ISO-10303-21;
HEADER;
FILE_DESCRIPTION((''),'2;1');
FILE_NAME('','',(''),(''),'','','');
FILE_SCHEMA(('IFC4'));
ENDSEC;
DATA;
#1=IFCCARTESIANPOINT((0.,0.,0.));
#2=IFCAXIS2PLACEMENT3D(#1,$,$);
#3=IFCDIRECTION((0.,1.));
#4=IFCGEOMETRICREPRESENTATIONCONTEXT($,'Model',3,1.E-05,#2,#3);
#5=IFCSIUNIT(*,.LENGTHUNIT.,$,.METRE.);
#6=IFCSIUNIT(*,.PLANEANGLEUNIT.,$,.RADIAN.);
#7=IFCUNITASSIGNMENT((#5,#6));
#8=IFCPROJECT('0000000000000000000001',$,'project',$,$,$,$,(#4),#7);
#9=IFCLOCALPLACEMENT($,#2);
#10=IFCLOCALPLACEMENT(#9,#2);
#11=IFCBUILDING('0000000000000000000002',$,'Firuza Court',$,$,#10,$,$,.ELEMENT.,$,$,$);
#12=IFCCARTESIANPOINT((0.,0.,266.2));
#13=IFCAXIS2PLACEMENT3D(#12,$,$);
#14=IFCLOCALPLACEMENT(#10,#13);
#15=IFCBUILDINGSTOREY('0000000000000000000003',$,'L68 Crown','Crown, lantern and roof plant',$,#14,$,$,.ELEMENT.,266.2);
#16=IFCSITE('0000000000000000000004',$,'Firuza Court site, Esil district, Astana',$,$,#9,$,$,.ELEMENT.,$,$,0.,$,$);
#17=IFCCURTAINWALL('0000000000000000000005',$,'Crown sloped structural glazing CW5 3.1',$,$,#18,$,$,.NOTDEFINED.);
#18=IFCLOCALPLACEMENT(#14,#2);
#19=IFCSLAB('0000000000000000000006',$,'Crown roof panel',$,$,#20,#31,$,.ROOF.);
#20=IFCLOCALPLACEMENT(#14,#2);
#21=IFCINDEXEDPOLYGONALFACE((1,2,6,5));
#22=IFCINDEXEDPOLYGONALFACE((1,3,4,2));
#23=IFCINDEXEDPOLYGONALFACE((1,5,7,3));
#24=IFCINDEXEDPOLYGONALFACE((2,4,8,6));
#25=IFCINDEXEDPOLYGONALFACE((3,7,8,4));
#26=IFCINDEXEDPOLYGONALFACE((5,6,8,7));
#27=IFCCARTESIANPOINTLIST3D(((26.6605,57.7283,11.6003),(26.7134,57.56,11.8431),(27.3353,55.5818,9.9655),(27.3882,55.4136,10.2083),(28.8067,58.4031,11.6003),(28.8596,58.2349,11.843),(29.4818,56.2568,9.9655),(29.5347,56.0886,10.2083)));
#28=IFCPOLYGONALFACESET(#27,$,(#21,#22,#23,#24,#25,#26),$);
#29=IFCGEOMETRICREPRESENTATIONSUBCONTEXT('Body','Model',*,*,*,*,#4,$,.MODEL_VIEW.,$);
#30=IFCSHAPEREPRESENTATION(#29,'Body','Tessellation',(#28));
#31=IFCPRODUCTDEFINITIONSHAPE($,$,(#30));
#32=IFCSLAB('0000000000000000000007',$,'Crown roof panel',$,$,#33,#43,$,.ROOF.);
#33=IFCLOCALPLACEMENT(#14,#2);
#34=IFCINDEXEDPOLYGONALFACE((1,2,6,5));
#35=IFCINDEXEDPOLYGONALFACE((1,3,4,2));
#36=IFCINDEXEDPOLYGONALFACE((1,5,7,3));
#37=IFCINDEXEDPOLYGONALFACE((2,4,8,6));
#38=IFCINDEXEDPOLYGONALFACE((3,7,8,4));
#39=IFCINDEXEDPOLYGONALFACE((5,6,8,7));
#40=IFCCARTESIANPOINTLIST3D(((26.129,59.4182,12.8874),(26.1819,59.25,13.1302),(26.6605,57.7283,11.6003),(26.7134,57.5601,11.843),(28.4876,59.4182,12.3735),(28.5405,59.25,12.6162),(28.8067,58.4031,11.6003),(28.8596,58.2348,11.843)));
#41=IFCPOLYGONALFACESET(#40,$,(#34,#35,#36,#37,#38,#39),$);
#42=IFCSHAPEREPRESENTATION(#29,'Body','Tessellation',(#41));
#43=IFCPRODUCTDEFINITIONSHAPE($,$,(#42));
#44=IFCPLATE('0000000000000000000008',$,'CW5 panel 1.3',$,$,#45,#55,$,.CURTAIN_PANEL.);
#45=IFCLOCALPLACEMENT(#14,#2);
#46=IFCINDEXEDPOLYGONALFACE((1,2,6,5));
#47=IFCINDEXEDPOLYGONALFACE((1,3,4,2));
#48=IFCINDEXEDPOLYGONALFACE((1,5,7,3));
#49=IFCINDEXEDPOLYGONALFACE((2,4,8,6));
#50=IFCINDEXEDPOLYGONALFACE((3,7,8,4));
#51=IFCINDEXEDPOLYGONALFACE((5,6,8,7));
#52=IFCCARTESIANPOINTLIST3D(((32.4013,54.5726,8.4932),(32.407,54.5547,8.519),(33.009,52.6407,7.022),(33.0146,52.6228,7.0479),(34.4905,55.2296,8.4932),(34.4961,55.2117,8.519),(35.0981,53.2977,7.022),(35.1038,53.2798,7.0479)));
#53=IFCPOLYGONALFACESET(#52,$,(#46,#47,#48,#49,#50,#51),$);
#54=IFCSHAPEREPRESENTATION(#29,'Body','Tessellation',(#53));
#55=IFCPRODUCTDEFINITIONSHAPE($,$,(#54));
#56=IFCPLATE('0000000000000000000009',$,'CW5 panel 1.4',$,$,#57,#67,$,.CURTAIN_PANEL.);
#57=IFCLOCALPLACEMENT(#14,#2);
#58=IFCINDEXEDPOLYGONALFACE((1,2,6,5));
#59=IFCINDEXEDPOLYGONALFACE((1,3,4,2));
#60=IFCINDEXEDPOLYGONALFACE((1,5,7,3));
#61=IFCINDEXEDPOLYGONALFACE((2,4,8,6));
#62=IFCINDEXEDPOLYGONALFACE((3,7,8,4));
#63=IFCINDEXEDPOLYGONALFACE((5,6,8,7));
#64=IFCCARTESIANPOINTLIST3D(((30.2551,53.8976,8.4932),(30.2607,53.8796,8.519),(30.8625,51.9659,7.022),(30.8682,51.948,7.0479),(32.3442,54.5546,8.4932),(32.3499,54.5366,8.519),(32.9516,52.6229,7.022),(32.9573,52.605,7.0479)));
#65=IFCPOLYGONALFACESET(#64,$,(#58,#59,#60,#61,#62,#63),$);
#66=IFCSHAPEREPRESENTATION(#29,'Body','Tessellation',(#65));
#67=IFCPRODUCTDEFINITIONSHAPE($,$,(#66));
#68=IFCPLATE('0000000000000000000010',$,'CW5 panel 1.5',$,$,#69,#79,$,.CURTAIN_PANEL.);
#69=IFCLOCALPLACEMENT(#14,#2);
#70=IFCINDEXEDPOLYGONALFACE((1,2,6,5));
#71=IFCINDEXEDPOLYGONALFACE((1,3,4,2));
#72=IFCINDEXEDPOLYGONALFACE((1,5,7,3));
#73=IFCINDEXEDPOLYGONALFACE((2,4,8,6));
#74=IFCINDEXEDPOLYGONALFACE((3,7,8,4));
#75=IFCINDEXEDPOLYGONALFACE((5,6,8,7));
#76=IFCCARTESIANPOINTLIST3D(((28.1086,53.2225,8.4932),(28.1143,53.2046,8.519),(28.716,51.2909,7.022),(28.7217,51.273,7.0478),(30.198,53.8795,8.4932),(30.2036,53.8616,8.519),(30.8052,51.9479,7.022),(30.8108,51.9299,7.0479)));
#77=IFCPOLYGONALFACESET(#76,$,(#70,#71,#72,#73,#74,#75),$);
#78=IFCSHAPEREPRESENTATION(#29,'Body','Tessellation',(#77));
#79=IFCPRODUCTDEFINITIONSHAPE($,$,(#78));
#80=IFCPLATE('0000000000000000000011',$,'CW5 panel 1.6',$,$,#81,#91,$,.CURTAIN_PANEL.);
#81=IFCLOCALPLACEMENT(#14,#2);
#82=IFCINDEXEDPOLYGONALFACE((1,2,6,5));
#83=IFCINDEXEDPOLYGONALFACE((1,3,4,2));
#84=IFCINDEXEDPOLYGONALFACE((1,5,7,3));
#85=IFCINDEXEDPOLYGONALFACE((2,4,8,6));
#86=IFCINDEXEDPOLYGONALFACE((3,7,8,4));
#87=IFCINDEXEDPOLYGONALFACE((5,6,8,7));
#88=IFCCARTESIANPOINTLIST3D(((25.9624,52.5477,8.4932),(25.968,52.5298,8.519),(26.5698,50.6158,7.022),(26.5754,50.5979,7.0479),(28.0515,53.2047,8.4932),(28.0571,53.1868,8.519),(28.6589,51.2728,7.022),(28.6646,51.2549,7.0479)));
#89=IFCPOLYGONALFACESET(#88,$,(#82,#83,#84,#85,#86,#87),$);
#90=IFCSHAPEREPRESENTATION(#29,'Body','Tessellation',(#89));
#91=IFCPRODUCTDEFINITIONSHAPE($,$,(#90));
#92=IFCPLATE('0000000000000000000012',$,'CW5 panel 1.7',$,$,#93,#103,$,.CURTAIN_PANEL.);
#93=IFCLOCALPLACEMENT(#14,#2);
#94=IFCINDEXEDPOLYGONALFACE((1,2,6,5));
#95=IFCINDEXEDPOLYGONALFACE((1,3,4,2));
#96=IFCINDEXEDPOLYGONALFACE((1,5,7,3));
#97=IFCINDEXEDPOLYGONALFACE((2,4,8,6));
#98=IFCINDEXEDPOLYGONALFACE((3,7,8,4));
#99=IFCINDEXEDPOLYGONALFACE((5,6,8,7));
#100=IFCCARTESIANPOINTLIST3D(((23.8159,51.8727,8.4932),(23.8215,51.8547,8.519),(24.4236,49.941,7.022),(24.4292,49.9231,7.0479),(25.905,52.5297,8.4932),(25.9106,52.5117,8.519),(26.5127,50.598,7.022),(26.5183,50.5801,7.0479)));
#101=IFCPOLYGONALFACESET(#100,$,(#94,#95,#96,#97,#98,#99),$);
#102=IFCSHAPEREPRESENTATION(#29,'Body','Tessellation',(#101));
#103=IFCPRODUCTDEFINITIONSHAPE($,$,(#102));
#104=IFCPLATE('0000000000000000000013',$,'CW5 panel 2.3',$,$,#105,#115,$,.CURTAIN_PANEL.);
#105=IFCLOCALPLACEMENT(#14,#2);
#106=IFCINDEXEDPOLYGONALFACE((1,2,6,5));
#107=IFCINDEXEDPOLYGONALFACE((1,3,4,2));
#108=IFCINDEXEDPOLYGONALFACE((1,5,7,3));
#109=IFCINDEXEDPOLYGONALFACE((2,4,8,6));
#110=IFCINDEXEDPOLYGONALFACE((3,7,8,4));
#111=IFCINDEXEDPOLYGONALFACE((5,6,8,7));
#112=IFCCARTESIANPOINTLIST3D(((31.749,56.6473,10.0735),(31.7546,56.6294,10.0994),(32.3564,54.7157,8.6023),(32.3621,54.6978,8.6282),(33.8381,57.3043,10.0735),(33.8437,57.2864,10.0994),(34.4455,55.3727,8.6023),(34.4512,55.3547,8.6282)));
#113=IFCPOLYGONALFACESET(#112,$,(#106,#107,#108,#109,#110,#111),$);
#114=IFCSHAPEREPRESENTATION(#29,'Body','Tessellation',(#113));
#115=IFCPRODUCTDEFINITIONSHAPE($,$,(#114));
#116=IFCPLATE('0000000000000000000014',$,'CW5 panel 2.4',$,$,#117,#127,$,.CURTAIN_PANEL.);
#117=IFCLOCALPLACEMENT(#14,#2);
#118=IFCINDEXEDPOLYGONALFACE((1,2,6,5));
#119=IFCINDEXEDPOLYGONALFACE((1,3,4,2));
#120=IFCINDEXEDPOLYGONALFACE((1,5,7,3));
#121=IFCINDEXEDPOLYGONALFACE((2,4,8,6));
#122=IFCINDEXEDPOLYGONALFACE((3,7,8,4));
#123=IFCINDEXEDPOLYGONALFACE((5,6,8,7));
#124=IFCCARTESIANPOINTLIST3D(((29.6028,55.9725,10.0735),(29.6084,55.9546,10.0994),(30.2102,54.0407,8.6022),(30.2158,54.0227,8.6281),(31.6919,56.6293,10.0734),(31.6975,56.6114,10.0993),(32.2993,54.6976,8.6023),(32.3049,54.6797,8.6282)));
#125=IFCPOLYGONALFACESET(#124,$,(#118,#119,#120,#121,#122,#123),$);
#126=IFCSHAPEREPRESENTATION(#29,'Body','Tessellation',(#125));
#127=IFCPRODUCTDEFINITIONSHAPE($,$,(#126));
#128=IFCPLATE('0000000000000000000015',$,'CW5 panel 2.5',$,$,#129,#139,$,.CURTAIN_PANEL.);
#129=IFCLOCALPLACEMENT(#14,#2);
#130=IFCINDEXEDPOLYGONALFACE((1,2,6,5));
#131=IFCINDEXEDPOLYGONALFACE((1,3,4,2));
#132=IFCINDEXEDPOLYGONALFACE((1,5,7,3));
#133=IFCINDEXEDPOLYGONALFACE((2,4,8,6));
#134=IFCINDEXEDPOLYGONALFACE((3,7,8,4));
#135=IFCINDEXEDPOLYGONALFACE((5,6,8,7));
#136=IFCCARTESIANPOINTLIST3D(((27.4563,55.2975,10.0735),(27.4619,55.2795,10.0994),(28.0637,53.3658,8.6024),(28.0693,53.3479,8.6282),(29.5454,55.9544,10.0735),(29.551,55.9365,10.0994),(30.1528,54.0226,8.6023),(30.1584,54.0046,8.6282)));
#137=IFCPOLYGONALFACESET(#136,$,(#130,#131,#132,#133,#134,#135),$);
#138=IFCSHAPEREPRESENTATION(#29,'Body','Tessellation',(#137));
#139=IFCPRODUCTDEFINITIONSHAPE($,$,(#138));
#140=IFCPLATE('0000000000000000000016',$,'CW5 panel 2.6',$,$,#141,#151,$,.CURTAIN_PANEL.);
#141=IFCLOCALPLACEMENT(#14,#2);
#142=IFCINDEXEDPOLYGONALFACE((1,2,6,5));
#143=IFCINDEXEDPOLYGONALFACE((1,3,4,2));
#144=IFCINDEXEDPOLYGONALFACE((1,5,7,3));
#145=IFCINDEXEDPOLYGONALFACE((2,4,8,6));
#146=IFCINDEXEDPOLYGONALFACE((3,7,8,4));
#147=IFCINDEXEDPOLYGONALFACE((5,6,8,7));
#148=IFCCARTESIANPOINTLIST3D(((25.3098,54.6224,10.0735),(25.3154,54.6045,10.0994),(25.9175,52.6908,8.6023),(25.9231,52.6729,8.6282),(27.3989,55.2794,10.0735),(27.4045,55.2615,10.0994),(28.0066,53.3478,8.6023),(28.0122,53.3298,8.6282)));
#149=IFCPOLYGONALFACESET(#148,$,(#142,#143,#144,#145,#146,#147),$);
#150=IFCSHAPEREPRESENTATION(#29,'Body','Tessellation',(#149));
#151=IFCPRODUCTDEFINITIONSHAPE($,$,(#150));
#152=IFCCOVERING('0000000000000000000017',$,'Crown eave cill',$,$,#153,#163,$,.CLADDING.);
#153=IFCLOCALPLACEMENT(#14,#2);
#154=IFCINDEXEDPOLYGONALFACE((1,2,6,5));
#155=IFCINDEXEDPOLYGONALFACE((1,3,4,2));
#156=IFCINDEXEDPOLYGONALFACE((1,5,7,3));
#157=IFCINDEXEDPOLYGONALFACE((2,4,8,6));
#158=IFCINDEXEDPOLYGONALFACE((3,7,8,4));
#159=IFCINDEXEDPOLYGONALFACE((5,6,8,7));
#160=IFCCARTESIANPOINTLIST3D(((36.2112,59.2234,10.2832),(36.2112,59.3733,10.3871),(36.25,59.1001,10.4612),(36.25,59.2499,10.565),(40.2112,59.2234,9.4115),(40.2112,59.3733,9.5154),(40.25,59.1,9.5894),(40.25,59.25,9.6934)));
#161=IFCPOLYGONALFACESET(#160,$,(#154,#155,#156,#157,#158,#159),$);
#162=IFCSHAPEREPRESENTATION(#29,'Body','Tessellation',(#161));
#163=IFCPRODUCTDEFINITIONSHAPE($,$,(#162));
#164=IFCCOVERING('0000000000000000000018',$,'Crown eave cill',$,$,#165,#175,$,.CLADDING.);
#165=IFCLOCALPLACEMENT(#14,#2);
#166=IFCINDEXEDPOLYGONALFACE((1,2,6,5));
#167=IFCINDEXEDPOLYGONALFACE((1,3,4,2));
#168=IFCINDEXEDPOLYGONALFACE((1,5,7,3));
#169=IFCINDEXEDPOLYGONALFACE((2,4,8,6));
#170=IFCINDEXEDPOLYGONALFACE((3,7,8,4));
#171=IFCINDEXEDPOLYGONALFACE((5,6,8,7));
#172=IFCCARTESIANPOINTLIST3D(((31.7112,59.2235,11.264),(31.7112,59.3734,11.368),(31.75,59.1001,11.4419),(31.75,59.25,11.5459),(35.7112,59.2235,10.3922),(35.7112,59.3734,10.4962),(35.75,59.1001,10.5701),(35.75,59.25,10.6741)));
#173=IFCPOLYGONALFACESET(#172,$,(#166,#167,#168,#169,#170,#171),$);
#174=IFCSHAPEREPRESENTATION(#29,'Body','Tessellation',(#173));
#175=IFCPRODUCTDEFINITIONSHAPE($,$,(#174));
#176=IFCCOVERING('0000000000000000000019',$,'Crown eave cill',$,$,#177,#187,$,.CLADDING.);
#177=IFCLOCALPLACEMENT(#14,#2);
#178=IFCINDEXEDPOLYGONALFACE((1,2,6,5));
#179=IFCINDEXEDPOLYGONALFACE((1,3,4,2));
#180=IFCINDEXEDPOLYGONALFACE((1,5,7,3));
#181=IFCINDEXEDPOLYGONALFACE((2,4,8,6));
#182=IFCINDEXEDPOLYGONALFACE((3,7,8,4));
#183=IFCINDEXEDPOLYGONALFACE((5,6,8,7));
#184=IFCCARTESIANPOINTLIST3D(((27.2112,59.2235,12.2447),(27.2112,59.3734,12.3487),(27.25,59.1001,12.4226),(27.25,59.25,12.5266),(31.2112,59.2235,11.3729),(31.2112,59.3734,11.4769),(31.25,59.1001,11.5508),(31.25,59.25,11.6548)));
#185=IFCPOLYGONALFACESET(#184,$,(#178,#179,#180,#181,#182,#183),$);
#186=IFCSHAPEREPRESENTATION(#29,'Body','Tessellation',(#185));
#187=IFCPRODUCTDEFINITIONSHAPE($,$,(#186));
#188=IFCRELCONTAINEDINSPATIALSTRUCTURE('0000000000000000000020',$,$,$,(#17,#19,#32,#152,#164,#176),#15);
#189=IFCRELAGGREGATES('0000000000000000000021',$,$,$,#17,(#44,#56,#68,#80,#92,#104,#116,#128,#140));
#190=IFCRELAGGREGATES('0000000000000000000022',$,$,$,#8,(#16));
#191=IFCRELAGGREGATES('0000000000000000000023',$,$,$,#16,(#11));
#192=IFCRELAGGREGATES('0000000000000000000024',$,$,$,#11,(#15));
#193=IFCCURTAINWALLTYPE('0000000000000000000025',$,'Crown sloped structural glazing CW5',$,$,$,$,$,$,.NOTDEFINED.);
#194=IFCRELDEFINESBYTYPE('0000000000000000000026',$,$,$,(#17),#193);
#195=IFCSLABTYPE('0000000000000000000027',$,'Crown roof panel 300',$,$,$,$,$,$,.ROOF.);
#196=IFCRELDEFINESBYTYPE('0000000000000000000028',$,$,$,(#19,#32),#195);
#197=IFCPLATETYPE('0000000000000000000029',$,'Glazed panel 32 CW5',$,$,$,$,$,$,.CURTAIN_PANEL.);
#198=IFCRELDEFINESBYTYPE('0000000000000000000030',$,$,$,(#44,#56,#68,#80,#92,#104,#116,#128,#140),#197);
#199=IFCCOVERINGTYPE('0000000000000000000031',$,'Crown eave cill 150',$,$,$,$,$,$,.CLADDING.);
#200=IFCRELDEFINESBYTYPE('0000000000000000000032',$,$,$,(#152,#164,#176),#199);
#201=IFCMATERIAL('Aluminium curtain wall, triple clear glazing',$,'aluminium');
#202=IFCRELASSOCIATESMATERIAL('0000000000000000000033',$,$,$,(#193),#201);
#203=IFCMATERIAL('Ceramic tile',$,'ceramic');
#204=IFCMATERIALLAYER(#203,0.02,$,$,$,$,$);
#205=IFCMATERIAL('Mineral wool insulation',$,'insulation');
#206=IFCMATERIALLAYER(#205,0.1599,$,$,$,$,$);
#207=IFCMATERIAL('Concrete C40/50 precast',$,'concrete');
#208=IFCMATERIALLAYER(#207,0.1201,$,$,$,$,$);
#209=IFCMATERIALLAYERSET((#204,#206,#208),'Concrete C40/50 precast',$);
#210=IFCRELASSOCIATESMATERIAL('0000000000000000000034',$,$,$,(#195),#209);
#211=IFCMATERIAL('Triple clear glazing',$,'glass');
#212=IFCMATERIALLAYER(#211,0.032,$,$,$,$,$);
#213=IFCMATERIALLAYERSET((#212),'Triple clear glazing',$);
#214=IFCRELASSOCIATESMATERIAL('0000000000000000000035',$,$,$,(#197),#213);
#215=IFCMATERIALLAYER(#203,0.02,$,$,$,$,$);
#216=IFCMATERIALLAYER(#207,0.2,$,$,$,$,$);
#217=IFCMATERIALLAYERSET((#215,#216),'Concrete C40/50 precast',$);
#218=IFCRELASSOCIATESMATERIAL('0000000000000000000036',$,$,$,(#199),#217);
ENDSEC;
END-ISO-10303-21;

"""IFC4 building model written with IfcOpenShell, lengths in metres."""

from ifc_helpers import new_model, si_unit, direction, frame, origin, place, context, subcontext, project, spatial, polyline, outline, extrude, material, layer, layer_set, type_object, element, aggregate, save


model = new_model("IFC4")

# Units and contexts
model_context = context("Model", 3, precision=1e-05, world=origin(), true_north=direction((0.0, 1.0)))
body_context = subcontext(model_context, "Body", "Model", "MODEL_VIEW")
ifc_project = project(units=[si_unit("LENGTHUNIT", "METRE"), si_unit("PLANEANGLEUNIT", "RADIAN")], contexts=[model_context])

# Site, building, storey
site_placement = place(None, origin())
site = spatial("IfcSite", under=ifc_project, at=site_placement, Name="Firuza Court site, Esil district, Astana", CompositionType="ELEMENT", RefElevation=0.0)
building_placement = place(site_placement, origin())
building = spatial("IfcBuilding", under=site, at=building_placement, Name="Firuza Court", CompositionType="ELEMENT")
storey_placement = place(building_placement, frame((0.0, 0.0, 266.2)))
storey = spatial("IfcBuildingStorey", under=building, at=storey_placement, Name="L68 Crown", Description="Crown, lantern and roof plant", CompositionType="ELEMENT", Elevation=266.2)

# Curtain wall
ifc_material_1 = material(Name="Aluminium curtain wall, triple clear glazing", Category="aluminium")
curtain_wall_type = type_object("IfcCurtainWallType", Name="Crown sloped structural glazing CW5", PredefinedType="NOTDEFINED", material=ifc_material_1)
curtain_wall_placement = place(storey_placement, origin())
curtain_wall = element("IfcCurtainWall", 1, at=curtain_wall_placement, inside=storey, type_object=curtain_wall_type, Name="Crown sloped structural glazing CW5 3.1", PredefinedType="NOTDEFINED")

# Slabs
ifc_material_2 = material(Name="Ceramic tile", Category="ceramic")
ifc_layer_1 = layer(ifc_material_2, 0.02)
ifc_material_3 = material(Name="Mineral wool insulation", Category="insulation")
ifc_layer_2 = layer(ifc_material_3, 0.1599)
ifc_material_4 = material(Name="Concrete C40/50 precast", Category="concrete")
ifc_layer_3 = layer(ifc_material_4, 0.1201)
ifc_layer_set_1 = layer_set([ifc_layer_1, ifc_layer_2, ifc_layer_3], Name="Concrete C40/50 precast")
slab_type = type_object("IfcSlabType", Name="Crown roof panel 300", PredefinedType="ROOF", material=ifc_layer_set_1)
slab_1_placement = place(storey_placement, frame((27.3882, 55.4136, 10.2083), z_axis=(0.176323, -0.560731, 0.809006), x_axis=(-0.242626, 0.771767, 0.5878)))
element("IfcSlab", 2, at=slab_1_placement, inside=storey, type_object=slab_type, Name="Crown roof panel", PredefinedType="ROOF", context=body_context, shape_type="SweptSolid", body=[
    extrude(outline(polyline([(0.0, 0.0), (2.7812, 0.0), (2.7813, -2.2498), (0.0002, -2.2501), (0.0, 0.0)])), origin(), (0.0, 0.0, -1.0), 0.3),
])
slab_2_placement = place(storey_placement, frame((26.7134, 57.5601, 11.843), z_axis=(0.176287, -0.560742, 0.809006), x_axis=(-0.242715, 0.771739, 0.5878)))
element("IfcSlab", 3, at=slab_2_placement, inside=storey, type_object=slab_type, Name="Crown roof panel", PredefinedType="ROOF", context=body_context, shape_type="SweptSolid", body=[
    extrude(outline(polyline([(0.0, 0.0), (2.1898, 0.0), (1.3152, -2.25), (-0.0002, -2.2498), (0.0, 0.0)])), origin(), (0.0, 0.0, -1.0), 0.3),
])

# Plates
ifc_material_5 = material(Name="Triple clear glazing", Category="glass")
ifc_layer_4 = layer(ifc_material_5, 0.032)
ifc_layer_set_2 = layer_set([ifc_layer_4], Name="Triple clear glazing")
plate_type = type_object("IfcPlateType", Name="Glazed panel 32 CW5", PredefinedType="CURTAIN_PANEL", material=ifc_layer_set_2)
plate_1_placement = place(storey_placement, frame((35.1038, 53.2798, 7.0479), z_axis=(0.176317, -0.560662, 0.809056), x_axis=(-0.953941, -0.299995, 0.0)))
plate_1 = element("IfcPlate", 4, at=plate_1_placement, type_object=plate_type, Name="CW5 panel 1.3", PredefinedType="CURTAIN_PANEL", context=body_context, shape_type="SweptSolid", body=[
    extrude(outline(polyline([(0.0, 0.0), (2.19, 0.0), (2.1901, -2.5032), (0.0001, -2.5032), (0.0, 0.0)])), origin(), (0.0, 0.0, -1.0), 0.032),
])
plate_2_placement = place(storey_placement, frame((32.9573, 52.605, 7.0479), z_axis=(0.176334, -0.560717, 0.809013), x_axis=(-0.953941, -0.299995, 0.0)))
plate_2 = element("IfcPlate", 5, at=plate_2_placement, type_object=plate_type, Name="CW5 panel 1.4", PredefinedType="CURTAIN_PANEL", context=body_context, shape_type="SweptSolid", body=[
    extrude(outline(polyline([(0.0, 0.0), (2.19, 0.0), (2.1899, -2.5029), (0.0, -2.5029), (0.0, 0.0)])), origin(), (0.0, 0.0, -1.0), 0.032),
])
plate_3_placement = place(storey_placement, frame((30.8108, 51.9299, 7.0479), z_axis=(0.176327, -0.560727, 0.809008), x_axis=(-0.953943, -0.299989, -0.000008)))
plate_3 = element("IfcPlate", 6, at=plate_3_placement, type_object=plate_type, Name="CW5 panel 1.5", PredefinedType="CURTAIN_PANEL", context=body_context, shape_type="SweptSolid", body=[
    extrude(outline(polyline([(0.0, 0.0), (2.19, 0.0), (2.1899, -2.5029), (-0.0003, -2.5029), (0.0, 0.0)])), origin(), (0.0, 0.0, -1.0), 0.032),
])
plate_4_placement = place(storey_placement, frame((28.6646, 51.2549, 7.0479), z_axis=(0.176321, -0.560675, 0.809045), x_axis=(-0.953941, -0.299995, 0.0)))
plate_4 = element("IfcPlate", 7, at=plate_4_placement, type_object=plate_type, Name="CW5 panel 1.6", PredefinedType="CURTAIN_PANEL", context=body_context, shape_type="SweptSolid", body=[
    extrude(outline(polyline([(0.0, 0.0), (2.19, 0.0), (2.1899, -2.5031), (-0.0001, -2.5031), (0.0, 0.0)])), origin(), (0.0, 0.0, -1.0), 0.032),
])
plate_5_placement = place(storey_placement, frame((26.5183, 50.5801, 7.0479), z_axis=(0.17633, -0.560704, 0.809023), x_axis=(-0.953941, -0.299995, 0.0)))
plate_5 = element("IfcPlate", 8, at=plate_5_placement, type_object=plate_type, Name="CW5 panel 1.7", PredefinedType="CURTAIN_PANEL", context=body_context, shape_type="SweptSolid", body=[
    extrude(outline(polyline([(0.0, 0.0), (2.19, 0.0), (2.1902, -2.503), (0.0002, -2.503), (0.0, 0.0)])), origin(), (0.0, 0.0, -1.0), 0.032),
])
plate_6_placement = place(storey_placement, frame((34.4512, 55.3547, 8.6282), z_axis=(0.176334, -0.560717, 0.809013), x_axis=(-0.953941, -0.299995, 0.0)))
plate_6 = element("IfcPlate", 9, at=plate_6_placement, type_object=plate_type, Name="CW5 panel 2.3", PredefinedType="CURTAIN_PANEL", context=body_context, shape_type="SweptSolid", body=[
    extrude(outline(polyline([(0.0, 0.0), (2.19, 0.0), (2.1899, -2.5029), (0.0, -2.5029), (0.0, 0.0)])), origin(), (0.0, 0.0, -1.0), 0.032),
])
plate_7_placement = place(storey_placement, frame((32.3049, 54.6797, 8.6282), z_axis=(0.176298, -0.560706, 0.809029), x_axis=(-0.953946, -0.299977, -0.000025)))
plate_7 = element("IfcPlate", 10, at=plate_7_placement, type_object=plate_type, Name="CW5 panel 2.4", PredefinedType="CURTAIN_PANEL", context=body_context, shape_type="SweptSolid", body=[
    extrude(outline(polyline([(0.0, 0.0), (2.19, 0.0), (2.1899, -2.5031), (0.0, -2.5029), (0.0, 0.0)])), origin(), (0.0, 0.0, -1.0), 0.032),
])
plate_8_placement = place(storey_placement, frame((30.1584, 54.0046, 8.6282), z_axis=(0.176298, -0.560706, 0.809029), x_axis=(-0.953967, -0.299911, 0.000025)))
plate_8 = element("IfcPlate", 11, at=plate_8_placement, type_object=plate_type, Name="CW5 panel 2.5", PredefinedType="CURTAIN_PANEL", context=body_context, shape_type="SweptSolid", body=[
    extrude(outline(polyline([(0.0, 0.0), (2.1899, 0.0), (2.1901, -2.5029), (0.0001, -2.5031), (0.0, 0.0)])), origin(), (0.0, 0.0, -1.0), 0.032),
])
plate_9_placement = place(storey_placement, frame((28.0122, 53.3298, 8.6282), z_axis=(0.17633, -0.560704, 0.809023), x_axis=(-0.953941, -0.299995, 0.0)))
plate_9 = element("IfcPlate", 12, at=plate_9_placement, type_object=plate_type, Name="CW5 panel 2.6", PredefinedType="CURTAIN_PANEL", context=body_context, shape_type="SweptSolid", body=[
    extrude(outline(polyline([(0.0, 0.0), (2.19, 0.0), (2.1902, -2.503), (0.0002, -2.503), (0.0, 0.0)])), origin(), (0.0, 0.0, -1.0), 0.032),
])
aggregate(curtain_wall, [plate_1, plate_2, plate_3, plate_4, plate_5, plate_6, plate_7, plate_8, plate_9])

# Coverings
ifc_layer_5 = layer(ifc_material_2, 0.02)
ifc_layer_6 = layer(ifc_material_4, 0.2)
ifc_layer_set_3 = layer_set([ifc_layer_5, ifc_layer_6], Name="Concrete C40/50 precast")
covering_type = type_object("IfcCoveringType", Name="Crown eave cill 150", PredefinedType="CLADDING", material=ifc_layer_set_3)
covering_placement = place(storey_placement, frame((36.25, 59.1001, 10.4612), z_axis=(0.176313, -0.56067, 0.809051), x_axis=(0.000096, 0.821937, 0.569579)))
element("IfcCovering", 13, at=covering_placement, inside=storey, type_object=covering_type, Name="Crown eave cill", PredefinedType="CLADDING", context=body_context, shape_type="SweptSolid", body=[
    extrude(outline(polyline([(0.0, 0.0), (0.1823, 0.0), (-0.3137, -4.0637), (-0.4962, -4.0637), (0.0, 0.0)])), origin(), (0.0, 0.0, -1.0), 0.22),
])
for number, where, z_axis, x_axis, name in (
    (14, (31.75, 59.1001, 11.4419), (0.176272, -0.561119, 0.808748), (0.0, 0.821614, 0.570045), "Crown eave cill"),
    (15, (27.25, 59.1001, 12.4226), (0.176272, -0.561119, 0.808748), (0.0, 0.821614, 0.570045), "Crown eave cill"),
):
    element("IfcCovering", number, at=place(storey_placement, frame(where, z_axis=z_axis, x_axis=x_axis)), inside=storey, type_object=covering_type, Name=name, PredefinedType="CLADDING", context=body_context, shape_type="SweptSolid", body=[
        extrude(outline(polyline([(0.0, 0.0), (0.1824, 0.0), (-0.3145, -4.0636), (-0.497, -4.0636), (0.0, 0.0)])), origin(), (0.0, 0.0, -1.0), 0.22),
    ])

save(model, "model.ifc")
